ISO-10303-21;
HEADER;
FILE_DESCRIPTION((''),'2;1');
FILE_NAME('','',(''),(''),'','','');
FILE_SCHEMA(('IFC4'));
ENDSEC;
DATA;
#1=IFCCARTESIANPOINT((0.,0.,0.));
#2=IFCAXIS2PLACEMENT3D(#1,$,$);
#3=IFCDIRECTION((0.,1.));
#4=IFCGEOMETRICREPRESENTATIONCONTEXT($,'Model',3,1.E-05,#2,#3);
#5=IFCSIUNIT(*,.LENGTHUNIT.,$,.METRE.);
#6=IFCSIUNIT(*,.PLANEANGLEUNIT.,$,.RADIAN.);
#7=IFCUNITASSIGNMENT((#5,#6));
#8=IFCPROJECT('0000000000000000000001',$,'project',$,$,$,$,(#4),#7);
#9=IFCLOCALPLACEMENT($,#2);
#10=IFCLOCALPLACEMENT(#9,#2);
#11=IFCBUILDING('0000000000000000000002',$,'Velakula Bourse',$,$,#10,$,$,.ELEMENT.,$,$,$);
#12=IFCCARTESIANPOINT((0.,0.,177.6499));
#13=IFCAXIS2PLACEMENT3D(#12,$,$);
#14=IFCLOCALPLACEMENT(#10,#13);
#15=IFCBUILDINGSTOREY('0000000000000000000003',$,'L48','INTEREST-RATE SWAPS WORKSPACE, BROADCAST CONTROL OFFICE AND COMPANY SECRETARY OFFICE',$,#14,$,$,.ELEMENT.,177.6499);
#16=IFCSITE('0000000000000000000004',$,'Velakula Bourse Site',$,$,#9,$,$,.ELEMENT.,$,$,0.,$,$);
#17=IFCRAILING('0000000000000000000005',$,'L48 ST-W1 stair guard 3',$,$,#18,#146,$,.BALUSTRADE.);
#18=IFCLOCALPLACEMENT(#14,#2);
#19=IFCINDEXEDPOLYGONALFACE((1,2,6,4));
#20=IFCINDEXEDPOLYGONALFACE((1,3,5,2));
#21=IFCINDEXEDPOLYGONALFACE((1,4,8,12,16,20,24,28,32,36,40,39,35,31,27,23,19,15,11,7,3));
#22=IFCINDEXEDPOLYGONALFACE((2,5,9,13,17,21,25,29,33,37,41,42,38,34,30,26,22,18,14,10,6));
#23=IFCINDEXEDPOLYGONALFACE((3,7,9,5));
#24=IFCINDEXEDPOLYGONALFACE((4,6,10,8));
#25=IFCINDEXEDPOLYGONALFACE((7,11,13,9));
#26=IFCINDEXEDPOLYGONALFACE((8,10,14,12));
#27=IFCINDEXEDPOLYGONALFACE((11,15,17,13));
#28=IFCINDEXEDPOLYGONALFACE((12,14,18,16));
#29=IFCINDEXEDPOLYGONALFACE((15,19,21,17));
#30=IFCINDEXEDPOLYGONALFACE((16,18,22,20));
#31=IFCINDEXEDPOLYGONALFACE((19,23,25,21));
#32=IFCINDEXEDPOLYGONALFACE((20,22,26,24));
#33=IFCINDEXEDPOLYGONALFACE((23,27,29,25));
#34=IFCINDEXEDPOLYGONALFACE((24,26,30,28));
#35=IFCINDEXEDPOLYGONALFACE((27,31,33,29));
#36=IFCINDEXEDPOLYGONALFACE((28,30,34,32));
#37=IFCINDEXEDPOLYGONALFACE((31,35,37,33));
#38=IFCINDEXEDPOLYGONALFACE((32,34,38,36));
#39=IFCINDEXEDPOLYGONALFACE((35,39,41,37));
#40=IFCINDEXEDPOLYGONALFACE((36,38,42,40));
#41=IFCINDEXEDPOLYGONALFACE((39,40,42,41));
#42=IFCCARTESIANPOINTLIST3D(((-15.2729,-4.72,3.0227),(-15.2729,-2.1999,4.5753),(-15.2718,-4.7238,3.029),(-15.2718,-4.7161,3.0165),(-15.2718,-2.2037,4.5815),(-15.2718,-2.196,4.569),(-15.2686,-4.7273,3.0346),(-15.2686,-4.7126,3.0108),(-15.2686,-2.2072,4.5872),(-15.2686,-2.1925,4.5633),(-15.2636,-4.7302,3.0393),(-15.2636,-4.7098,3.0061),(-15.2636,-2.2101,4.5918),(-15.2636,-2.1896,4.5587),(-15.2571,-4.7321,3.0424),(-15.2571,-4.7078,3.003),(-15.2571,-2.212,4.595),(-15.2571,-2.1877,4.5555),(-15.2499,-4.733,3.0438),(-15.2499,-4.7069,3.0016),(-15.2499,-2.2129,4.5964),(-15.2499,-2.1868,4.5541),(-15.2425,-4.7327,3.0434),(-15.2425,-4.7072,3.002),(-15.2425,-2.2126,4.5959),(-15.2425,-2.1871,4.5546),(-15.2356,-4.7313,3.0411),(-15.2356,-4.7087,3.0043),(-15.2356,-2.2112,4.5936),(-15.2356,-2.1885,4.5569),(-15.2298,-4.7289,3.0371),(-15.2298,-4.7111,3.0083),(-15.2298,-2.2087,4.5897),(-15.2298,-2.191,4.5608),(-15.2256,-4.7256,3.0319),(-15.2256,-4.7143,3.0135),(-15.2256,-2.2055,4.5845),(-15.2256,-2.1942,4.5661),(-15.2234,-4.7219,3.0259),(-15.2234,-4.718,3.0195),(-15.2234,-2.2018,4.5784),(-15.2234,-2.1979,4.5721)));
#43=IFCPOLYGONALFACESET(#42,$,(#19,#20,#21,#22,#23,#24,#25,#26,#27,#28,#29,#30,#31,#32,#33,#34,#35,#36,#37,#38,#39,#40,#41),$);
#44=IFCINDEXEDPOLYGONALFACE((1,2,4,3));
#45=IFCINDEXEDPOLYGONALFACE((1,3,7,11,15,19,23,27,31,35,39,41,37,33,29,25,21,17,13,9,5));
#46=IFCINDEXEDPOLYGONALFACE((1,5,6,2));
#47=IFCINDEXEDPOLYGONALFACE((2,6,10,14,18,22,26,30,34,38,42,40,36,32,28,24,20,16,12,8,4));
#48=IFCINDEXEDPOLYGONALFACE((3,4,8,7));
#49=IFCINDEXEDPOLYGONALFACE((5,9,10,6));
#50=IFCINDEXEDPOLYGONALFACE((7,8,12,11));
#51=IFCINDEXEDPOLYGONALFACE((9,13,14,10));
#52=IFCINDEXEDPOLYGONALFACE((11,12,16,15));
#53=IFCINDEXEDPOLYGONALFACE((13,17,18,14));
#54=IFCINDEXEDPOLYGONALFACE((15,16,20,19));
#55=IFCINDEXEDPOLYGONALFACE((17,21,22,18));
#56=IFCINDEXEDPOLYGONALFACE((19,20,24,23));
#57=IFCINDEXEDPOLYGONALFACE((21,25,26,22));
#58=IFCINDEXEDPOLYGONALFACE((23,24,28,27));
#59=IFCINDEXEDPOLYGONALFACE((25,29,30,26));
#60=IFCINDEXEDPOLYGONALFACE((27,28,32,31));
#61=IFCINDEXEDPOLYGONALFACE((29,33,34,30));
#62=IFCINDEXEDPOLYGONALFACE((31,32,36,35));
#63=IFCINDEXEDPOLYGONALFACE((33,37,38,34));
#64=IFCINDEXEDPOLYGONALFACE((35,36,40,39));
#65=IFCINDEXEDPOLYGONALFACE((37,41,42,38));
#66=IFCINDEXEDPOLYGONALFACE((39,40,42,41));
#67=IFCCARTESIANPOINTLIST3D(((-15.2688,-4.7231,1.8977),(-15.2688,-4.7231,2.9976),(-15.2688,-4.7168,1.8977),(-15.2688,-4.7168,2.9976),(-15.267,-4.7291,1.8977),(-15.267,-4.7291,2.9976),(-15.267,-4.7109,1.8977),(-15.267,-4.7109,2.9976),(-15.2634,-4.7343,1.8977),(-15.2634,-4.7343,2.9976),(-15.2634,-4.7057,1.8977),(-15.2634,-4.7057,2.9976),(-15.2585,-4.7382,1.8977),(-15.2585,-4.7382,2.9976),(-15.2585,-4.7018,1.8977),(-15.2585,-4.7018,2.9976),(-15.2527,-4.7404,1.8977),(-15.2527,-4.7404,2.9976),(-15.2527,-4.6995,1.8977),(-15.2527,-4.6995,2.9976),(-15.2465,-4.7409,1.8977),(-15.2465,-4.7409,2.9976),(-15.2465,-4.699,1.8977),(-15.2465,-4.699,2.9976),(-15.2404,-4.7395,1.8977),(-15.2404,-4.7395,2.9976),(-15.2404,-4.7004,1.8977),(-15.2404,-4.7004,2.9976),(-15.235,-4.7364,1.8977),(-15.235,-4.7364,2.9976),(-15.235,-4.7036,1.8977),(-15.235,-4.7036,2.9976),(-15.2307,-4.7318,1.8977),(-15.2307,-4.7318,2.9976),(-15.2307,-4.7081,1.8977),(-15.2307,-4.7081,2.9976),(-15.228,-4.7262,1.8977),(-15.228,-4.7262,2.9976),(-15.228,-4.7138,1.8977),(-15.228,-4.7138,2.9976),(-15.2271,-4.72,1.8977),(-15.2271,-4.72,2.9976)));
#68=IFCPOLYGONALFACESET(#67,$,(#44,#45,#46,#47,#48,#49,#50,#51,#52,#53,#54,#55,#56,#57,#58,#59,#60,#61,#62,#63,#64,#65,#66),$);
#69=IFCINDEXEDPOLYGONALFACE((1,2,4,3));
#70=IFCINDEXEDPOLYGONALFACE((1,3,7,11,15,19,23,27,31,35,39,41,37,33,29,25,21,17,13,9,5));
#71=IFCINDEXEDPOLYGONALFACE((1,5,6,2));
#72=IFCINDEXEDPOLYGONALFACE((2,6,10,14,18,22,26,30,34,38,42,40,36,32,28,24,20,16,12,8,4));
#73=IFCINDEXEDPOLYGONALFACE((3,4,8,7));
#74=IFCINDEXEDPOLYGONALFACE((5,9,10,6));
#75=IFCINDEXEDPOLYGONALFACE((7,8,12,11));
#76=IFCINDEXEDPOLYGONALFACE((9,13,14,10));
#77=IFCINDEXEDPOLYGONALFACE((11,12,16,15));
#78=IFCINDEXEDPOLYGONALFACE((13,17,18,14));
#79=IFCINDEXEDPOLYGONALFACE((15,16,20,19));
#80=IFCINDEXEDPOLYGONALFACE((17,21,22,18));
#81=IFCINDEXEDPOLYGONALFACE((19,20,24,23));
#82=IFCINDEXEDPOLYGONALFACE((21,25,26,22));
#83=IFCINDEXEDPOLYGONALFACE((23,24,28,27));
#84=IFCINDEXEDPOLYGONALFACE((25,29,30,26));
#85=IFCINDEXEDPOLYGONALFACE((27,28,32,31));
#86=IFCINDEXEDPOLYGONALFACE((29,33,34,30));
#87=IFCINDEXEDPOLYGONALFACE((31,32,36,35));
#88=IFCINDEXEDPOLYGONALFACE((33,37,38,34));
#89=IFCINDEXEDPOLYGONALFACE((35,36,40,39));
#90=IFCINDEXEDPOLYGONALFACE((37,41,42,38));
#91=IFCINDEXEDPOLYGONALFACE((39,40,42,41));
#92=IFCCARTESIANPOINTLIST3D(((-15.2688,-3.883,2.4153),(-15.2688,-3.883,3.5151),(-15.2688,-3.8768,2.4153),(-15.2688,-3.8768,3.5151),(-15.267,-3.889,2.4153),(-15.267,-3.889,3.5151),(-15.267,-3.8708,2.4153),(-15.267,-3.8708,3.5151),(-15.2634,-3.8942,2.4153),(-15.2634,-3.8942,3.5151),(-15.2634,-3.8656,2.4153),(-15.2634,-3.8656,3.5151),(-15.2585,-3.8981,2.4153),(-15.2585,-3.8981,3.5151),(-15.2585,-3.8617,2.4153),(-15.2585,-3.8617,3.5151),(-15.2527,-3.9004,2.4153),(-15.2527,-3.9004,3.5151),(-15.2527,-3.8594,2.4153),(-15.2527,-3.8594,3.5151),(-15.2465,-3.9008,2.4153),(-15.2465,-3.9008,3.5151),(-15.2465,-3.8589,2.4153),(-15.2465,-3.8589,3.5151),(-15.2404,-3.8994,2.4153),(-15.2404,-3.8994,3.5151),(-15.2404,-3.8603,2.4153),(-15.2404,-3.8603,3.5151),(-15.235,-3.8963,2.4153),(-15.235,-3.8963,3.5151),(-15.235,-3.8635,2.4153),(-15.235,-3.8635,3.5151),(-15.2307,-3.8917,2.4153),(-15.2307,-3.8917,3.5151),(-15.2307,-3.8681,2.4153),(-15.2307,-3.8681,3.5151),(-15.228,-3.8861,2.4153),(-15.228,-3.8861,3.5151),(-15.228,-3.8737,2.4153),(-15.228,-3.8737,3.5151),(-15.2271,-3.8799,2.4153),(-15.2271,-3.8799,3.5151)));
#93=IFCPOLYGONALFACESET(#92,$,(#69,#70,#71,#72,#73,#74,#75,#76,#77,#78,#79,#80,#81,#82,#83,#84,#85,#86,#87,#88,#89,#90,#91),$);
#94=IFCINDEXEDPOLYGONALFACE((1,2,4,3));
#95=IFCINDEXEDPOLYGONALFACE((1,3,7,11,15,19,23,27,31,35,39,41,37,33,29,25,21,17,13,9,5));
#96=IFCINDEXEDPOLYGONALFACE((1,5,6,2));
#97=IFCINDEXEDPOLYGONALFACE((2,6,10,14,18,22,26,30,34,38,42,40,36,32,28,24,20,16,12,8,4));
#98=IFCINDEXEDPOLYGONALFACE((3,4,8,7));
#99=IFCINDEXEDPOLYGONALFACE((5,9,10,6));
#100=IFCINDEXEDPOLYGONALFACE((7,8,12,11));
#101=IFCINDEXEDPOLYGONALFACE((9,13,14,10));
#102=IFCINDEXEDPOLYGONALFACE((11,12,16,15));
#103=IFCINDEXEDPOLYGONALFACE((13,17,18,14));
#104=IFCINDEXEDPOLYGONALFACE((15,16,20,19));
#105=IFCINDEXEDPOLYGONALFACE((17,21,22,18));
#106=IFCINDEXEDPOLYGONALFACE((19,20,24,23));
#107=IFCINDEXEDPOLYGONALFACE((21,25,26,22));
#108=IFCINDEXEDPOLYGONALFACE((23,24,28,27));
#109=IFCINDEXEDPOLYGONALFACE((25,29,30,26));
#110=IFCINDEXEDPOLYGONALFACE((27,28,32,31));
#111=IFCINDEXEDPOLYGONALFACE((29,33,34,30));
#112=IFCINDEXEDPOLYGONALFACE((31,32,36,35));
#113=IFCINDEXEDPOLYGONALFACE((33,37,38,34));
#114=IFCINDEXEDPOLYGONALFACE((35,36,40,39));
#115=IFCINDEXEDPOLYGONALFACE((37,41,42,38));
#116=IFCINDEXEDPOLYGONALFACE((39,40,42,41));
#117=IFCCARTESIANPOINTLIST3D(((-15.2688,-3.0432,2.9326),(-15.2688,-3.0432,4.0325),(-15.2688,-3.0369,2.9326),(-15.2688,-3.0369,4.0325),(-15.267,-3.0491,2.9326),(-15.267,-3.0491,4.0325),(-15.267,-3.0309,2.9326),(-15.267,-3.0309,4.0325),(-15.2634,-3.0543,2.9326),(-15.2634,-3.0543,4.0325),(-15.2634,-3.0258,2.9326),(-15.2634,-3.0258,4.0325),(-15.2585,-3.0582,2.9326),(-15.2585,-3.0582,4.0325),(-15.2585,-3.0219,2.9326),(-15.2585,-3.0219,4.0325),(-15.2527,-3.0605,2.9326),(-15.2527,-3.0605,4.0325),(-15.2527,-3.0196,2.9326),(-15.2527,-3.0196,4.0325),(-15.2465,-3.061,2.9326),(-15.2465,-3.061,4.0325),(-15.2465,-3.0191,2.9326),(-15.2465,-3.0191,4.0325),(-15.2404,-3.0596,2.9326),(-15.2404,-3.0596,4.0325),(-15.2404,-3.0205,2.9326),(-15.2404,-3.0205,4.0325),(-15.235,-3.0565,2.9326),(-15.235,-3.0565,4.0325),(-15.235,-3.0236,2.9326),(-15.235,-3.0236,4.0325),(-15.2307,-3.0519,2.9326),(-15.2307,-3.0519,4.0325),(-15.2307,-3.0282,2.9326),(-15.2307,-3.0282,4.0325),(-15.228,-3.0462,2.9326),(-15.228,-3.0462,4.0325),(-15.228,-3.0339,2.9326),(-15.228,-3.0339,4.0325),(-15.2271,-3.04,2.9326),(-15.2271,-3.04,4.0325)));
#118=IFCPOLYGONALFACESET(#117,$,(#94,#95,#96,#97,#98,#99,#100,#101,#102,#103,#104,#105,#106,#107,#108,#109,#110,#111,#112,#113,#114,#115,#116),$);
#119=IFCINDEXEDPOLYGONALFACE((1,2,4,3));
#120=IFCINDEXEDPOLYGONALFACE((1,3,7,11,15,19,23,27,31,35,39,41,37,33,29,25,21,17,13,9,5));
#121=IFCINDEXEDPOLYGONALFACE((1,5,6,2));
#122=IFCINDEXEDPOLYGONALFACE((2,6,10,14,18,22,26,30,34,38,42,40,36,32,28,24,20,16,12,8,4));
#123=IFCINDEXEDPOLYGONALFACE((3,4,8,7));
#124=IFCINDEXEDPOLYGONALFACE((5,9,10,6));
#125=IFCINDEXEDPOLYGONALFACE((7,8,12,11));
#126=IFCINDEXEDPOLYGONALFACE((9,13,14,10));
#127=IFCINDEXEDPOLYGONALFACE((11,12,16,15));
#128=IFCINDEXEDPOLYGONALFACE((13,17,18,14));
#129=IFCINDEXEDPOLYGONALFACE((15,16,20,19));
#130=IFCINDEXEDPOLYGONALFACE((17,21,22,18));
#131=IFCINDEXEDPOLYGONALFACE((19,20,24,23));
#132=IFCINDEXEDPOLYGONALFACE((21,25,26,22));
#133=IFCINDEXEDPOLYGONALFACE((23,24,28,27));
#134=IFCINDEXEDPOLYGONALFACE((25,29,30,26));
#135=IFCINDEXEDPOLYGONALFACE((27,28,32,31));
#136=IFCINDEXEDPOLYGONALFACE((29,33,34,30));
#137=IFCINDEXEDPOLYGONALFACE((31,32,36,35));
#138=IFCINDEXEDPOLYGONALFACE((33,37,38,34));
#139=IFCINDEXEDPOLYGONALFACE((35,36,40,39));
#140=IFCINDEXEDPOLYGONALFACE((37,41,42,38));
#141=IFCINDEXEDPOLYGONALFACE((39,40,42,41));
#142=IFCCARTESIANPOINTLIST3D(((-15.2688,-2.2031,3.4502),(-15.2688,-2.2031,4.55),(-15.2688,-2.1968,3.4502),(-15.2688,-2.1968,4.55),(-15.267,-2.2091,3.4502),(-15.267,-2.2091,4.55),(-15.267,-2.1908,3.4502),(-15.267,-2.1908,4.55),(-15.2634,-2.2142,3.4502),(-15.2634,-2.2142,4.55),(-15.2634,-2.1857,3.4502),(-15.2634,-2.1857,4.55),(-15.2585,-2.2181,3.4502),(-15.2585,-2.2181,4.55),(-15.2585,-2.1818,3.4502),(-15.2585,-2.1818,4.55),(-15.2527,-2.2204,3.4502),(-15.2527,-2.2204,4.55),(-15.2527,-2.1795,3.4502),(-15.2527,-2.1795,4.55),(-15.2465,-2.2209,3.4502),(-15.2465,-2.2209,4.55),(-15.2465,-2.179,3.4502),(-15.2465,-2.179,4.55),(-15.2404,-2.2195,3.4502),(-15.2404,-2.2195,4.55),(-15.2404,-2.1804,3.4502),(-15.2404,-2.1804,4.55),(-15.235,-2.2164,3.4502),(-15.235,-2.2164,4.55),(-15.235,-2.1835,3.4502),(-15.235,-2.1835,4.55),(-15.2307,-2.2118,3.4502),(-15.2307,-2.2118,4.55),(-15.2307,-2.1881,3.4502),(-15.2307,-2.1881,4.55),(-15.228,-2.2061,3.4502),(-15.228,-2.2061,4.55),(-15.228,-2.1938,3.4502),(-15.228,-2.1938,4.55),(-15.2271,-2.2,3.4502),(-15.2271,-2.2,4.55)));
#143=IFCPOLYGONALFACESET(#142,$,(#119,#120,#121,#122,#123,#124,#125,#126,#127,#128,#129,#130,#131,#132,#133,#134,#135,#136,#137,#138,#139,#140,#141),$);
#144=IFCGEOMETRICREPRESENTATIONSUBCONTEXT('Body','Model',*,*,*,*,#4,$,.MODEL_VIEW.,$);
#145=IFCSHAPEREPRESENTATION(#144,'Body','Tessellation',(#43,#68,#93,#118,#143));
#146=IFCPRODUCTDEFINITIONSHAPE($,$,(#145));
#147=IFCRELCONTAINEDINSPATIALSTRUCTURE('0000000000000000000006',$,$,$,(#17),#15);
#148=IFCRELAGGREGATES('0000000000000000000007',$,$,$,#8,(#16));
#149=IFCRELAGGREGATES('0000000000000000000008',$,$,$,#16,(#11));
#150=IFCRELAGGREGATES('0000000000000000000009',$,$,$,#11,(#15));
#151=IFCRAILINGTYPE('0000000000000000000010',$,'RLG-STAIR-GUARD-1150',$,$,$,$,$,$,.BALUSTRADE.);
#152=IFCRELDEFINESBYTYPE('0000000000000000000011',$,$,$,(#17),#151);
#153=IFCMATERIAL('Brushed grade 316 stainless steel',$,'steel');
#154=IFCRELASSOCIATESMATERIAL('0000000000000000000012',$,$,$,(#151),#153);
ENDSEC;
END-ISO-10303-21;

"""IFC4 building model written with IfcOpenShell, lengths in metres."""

from ifc_helpers import new_model, si_unit, direction, frame, origin, origin_2d, place, context, subcontext, project, spatial, circle, extrude, material, type_object, element, save


model = new_model("IFC4")

# Units and contexts
model_context = context("Model", 3, precision=1e-05, world=origin(), true_north=direction((0.0, 1.0)))
body_context = subcontext(model_context, "Body", "Model", "MODEL_VIEW")
ifc_project = project(units=[si_unit("LENGTHUNIT", "METRE"), si_unit("PLANEANGLEUNIT", "RADIAN")], contexts=[model_context])

# Site, building, storey
site_placement = place(None, origin())
site = spatial("IfcSite", under=ifc_project, at=site_placement, Name="Velakula Bourse Site", CompositionType="ELEMENT", RefElevation=0.0)
building_placement = place(site_placement, origin())
building = spatial("IfcBuilding", under=site, at=building_placement, Name="Velakula Bourse", CompositionType="ELEMENT")
storey_placement = place(building_placement, frame((0.0, 0.0, 177.6499)))
storey = spatial("IfcBuildingStorey", under=building, at=storey_placement, Name="L48", Description="INTEREST-RATE SWAPS WORKSPACE, BROADCAST CONTROL OFFICE AND COMPANY SECRETARY OFFICE", CompositionType="ELEMENT", Elevation=177.6499)

# Shared definitions
ifc_material_1 = material(Name="Brushed grade 316 stainless steel", Category="steel")

# Railing
railing_type_1 = type_object("IfcRailingType", Name="RLG-STAIR-GUARD-1150", PredefinedType="BALUSTRADE", material=ifc_material_1)
railing_1_placement = place(storey_placement, frame((-15.248, -4.72, 1.8977)))
element("IfcRailing", 1, at=railing_1_placement, inside=storey, type_object=railing_type_1, Name="L48 ST-W1 stair guard 3", PredefinedType="BALUSTRADE", context=body_context, shape_type="SweptSolid", body=[
    extrude(circle(Radius=0.0249, at=origin_2d()), frame((0.0, 0.0, 1.125), z_axis=(0.0, 0.8514, 0.524516), x_axis=(-1.0, 0.0, 0.0)), (0.0, 0.0, 1.0), 2.96),
    extrude(circle(Radius=0.021, at=origin_2d()), origin(), (0.0, 0.0, 1.0), 1.0999),
    extrude(circle(Radius=0.021, at=origin_2d()), frame((0.0, 0.8401, 0.5176)), (0.0, 0.0, 1.0), 1.0999),
    extrude(circle(Radius=0.021, at=origin_2d()), frame((0.0, 1.6799, 1.0349)), (0.0, 0.0, 1.0), 1.0999),
    extrude(circle(Radius=0.021, at=origin_2d()), frame((0.0, 2.52, 1.5525)), (0.0, 0.0, 1.0), 1.0999),
])

save(model, "model.ifc")
